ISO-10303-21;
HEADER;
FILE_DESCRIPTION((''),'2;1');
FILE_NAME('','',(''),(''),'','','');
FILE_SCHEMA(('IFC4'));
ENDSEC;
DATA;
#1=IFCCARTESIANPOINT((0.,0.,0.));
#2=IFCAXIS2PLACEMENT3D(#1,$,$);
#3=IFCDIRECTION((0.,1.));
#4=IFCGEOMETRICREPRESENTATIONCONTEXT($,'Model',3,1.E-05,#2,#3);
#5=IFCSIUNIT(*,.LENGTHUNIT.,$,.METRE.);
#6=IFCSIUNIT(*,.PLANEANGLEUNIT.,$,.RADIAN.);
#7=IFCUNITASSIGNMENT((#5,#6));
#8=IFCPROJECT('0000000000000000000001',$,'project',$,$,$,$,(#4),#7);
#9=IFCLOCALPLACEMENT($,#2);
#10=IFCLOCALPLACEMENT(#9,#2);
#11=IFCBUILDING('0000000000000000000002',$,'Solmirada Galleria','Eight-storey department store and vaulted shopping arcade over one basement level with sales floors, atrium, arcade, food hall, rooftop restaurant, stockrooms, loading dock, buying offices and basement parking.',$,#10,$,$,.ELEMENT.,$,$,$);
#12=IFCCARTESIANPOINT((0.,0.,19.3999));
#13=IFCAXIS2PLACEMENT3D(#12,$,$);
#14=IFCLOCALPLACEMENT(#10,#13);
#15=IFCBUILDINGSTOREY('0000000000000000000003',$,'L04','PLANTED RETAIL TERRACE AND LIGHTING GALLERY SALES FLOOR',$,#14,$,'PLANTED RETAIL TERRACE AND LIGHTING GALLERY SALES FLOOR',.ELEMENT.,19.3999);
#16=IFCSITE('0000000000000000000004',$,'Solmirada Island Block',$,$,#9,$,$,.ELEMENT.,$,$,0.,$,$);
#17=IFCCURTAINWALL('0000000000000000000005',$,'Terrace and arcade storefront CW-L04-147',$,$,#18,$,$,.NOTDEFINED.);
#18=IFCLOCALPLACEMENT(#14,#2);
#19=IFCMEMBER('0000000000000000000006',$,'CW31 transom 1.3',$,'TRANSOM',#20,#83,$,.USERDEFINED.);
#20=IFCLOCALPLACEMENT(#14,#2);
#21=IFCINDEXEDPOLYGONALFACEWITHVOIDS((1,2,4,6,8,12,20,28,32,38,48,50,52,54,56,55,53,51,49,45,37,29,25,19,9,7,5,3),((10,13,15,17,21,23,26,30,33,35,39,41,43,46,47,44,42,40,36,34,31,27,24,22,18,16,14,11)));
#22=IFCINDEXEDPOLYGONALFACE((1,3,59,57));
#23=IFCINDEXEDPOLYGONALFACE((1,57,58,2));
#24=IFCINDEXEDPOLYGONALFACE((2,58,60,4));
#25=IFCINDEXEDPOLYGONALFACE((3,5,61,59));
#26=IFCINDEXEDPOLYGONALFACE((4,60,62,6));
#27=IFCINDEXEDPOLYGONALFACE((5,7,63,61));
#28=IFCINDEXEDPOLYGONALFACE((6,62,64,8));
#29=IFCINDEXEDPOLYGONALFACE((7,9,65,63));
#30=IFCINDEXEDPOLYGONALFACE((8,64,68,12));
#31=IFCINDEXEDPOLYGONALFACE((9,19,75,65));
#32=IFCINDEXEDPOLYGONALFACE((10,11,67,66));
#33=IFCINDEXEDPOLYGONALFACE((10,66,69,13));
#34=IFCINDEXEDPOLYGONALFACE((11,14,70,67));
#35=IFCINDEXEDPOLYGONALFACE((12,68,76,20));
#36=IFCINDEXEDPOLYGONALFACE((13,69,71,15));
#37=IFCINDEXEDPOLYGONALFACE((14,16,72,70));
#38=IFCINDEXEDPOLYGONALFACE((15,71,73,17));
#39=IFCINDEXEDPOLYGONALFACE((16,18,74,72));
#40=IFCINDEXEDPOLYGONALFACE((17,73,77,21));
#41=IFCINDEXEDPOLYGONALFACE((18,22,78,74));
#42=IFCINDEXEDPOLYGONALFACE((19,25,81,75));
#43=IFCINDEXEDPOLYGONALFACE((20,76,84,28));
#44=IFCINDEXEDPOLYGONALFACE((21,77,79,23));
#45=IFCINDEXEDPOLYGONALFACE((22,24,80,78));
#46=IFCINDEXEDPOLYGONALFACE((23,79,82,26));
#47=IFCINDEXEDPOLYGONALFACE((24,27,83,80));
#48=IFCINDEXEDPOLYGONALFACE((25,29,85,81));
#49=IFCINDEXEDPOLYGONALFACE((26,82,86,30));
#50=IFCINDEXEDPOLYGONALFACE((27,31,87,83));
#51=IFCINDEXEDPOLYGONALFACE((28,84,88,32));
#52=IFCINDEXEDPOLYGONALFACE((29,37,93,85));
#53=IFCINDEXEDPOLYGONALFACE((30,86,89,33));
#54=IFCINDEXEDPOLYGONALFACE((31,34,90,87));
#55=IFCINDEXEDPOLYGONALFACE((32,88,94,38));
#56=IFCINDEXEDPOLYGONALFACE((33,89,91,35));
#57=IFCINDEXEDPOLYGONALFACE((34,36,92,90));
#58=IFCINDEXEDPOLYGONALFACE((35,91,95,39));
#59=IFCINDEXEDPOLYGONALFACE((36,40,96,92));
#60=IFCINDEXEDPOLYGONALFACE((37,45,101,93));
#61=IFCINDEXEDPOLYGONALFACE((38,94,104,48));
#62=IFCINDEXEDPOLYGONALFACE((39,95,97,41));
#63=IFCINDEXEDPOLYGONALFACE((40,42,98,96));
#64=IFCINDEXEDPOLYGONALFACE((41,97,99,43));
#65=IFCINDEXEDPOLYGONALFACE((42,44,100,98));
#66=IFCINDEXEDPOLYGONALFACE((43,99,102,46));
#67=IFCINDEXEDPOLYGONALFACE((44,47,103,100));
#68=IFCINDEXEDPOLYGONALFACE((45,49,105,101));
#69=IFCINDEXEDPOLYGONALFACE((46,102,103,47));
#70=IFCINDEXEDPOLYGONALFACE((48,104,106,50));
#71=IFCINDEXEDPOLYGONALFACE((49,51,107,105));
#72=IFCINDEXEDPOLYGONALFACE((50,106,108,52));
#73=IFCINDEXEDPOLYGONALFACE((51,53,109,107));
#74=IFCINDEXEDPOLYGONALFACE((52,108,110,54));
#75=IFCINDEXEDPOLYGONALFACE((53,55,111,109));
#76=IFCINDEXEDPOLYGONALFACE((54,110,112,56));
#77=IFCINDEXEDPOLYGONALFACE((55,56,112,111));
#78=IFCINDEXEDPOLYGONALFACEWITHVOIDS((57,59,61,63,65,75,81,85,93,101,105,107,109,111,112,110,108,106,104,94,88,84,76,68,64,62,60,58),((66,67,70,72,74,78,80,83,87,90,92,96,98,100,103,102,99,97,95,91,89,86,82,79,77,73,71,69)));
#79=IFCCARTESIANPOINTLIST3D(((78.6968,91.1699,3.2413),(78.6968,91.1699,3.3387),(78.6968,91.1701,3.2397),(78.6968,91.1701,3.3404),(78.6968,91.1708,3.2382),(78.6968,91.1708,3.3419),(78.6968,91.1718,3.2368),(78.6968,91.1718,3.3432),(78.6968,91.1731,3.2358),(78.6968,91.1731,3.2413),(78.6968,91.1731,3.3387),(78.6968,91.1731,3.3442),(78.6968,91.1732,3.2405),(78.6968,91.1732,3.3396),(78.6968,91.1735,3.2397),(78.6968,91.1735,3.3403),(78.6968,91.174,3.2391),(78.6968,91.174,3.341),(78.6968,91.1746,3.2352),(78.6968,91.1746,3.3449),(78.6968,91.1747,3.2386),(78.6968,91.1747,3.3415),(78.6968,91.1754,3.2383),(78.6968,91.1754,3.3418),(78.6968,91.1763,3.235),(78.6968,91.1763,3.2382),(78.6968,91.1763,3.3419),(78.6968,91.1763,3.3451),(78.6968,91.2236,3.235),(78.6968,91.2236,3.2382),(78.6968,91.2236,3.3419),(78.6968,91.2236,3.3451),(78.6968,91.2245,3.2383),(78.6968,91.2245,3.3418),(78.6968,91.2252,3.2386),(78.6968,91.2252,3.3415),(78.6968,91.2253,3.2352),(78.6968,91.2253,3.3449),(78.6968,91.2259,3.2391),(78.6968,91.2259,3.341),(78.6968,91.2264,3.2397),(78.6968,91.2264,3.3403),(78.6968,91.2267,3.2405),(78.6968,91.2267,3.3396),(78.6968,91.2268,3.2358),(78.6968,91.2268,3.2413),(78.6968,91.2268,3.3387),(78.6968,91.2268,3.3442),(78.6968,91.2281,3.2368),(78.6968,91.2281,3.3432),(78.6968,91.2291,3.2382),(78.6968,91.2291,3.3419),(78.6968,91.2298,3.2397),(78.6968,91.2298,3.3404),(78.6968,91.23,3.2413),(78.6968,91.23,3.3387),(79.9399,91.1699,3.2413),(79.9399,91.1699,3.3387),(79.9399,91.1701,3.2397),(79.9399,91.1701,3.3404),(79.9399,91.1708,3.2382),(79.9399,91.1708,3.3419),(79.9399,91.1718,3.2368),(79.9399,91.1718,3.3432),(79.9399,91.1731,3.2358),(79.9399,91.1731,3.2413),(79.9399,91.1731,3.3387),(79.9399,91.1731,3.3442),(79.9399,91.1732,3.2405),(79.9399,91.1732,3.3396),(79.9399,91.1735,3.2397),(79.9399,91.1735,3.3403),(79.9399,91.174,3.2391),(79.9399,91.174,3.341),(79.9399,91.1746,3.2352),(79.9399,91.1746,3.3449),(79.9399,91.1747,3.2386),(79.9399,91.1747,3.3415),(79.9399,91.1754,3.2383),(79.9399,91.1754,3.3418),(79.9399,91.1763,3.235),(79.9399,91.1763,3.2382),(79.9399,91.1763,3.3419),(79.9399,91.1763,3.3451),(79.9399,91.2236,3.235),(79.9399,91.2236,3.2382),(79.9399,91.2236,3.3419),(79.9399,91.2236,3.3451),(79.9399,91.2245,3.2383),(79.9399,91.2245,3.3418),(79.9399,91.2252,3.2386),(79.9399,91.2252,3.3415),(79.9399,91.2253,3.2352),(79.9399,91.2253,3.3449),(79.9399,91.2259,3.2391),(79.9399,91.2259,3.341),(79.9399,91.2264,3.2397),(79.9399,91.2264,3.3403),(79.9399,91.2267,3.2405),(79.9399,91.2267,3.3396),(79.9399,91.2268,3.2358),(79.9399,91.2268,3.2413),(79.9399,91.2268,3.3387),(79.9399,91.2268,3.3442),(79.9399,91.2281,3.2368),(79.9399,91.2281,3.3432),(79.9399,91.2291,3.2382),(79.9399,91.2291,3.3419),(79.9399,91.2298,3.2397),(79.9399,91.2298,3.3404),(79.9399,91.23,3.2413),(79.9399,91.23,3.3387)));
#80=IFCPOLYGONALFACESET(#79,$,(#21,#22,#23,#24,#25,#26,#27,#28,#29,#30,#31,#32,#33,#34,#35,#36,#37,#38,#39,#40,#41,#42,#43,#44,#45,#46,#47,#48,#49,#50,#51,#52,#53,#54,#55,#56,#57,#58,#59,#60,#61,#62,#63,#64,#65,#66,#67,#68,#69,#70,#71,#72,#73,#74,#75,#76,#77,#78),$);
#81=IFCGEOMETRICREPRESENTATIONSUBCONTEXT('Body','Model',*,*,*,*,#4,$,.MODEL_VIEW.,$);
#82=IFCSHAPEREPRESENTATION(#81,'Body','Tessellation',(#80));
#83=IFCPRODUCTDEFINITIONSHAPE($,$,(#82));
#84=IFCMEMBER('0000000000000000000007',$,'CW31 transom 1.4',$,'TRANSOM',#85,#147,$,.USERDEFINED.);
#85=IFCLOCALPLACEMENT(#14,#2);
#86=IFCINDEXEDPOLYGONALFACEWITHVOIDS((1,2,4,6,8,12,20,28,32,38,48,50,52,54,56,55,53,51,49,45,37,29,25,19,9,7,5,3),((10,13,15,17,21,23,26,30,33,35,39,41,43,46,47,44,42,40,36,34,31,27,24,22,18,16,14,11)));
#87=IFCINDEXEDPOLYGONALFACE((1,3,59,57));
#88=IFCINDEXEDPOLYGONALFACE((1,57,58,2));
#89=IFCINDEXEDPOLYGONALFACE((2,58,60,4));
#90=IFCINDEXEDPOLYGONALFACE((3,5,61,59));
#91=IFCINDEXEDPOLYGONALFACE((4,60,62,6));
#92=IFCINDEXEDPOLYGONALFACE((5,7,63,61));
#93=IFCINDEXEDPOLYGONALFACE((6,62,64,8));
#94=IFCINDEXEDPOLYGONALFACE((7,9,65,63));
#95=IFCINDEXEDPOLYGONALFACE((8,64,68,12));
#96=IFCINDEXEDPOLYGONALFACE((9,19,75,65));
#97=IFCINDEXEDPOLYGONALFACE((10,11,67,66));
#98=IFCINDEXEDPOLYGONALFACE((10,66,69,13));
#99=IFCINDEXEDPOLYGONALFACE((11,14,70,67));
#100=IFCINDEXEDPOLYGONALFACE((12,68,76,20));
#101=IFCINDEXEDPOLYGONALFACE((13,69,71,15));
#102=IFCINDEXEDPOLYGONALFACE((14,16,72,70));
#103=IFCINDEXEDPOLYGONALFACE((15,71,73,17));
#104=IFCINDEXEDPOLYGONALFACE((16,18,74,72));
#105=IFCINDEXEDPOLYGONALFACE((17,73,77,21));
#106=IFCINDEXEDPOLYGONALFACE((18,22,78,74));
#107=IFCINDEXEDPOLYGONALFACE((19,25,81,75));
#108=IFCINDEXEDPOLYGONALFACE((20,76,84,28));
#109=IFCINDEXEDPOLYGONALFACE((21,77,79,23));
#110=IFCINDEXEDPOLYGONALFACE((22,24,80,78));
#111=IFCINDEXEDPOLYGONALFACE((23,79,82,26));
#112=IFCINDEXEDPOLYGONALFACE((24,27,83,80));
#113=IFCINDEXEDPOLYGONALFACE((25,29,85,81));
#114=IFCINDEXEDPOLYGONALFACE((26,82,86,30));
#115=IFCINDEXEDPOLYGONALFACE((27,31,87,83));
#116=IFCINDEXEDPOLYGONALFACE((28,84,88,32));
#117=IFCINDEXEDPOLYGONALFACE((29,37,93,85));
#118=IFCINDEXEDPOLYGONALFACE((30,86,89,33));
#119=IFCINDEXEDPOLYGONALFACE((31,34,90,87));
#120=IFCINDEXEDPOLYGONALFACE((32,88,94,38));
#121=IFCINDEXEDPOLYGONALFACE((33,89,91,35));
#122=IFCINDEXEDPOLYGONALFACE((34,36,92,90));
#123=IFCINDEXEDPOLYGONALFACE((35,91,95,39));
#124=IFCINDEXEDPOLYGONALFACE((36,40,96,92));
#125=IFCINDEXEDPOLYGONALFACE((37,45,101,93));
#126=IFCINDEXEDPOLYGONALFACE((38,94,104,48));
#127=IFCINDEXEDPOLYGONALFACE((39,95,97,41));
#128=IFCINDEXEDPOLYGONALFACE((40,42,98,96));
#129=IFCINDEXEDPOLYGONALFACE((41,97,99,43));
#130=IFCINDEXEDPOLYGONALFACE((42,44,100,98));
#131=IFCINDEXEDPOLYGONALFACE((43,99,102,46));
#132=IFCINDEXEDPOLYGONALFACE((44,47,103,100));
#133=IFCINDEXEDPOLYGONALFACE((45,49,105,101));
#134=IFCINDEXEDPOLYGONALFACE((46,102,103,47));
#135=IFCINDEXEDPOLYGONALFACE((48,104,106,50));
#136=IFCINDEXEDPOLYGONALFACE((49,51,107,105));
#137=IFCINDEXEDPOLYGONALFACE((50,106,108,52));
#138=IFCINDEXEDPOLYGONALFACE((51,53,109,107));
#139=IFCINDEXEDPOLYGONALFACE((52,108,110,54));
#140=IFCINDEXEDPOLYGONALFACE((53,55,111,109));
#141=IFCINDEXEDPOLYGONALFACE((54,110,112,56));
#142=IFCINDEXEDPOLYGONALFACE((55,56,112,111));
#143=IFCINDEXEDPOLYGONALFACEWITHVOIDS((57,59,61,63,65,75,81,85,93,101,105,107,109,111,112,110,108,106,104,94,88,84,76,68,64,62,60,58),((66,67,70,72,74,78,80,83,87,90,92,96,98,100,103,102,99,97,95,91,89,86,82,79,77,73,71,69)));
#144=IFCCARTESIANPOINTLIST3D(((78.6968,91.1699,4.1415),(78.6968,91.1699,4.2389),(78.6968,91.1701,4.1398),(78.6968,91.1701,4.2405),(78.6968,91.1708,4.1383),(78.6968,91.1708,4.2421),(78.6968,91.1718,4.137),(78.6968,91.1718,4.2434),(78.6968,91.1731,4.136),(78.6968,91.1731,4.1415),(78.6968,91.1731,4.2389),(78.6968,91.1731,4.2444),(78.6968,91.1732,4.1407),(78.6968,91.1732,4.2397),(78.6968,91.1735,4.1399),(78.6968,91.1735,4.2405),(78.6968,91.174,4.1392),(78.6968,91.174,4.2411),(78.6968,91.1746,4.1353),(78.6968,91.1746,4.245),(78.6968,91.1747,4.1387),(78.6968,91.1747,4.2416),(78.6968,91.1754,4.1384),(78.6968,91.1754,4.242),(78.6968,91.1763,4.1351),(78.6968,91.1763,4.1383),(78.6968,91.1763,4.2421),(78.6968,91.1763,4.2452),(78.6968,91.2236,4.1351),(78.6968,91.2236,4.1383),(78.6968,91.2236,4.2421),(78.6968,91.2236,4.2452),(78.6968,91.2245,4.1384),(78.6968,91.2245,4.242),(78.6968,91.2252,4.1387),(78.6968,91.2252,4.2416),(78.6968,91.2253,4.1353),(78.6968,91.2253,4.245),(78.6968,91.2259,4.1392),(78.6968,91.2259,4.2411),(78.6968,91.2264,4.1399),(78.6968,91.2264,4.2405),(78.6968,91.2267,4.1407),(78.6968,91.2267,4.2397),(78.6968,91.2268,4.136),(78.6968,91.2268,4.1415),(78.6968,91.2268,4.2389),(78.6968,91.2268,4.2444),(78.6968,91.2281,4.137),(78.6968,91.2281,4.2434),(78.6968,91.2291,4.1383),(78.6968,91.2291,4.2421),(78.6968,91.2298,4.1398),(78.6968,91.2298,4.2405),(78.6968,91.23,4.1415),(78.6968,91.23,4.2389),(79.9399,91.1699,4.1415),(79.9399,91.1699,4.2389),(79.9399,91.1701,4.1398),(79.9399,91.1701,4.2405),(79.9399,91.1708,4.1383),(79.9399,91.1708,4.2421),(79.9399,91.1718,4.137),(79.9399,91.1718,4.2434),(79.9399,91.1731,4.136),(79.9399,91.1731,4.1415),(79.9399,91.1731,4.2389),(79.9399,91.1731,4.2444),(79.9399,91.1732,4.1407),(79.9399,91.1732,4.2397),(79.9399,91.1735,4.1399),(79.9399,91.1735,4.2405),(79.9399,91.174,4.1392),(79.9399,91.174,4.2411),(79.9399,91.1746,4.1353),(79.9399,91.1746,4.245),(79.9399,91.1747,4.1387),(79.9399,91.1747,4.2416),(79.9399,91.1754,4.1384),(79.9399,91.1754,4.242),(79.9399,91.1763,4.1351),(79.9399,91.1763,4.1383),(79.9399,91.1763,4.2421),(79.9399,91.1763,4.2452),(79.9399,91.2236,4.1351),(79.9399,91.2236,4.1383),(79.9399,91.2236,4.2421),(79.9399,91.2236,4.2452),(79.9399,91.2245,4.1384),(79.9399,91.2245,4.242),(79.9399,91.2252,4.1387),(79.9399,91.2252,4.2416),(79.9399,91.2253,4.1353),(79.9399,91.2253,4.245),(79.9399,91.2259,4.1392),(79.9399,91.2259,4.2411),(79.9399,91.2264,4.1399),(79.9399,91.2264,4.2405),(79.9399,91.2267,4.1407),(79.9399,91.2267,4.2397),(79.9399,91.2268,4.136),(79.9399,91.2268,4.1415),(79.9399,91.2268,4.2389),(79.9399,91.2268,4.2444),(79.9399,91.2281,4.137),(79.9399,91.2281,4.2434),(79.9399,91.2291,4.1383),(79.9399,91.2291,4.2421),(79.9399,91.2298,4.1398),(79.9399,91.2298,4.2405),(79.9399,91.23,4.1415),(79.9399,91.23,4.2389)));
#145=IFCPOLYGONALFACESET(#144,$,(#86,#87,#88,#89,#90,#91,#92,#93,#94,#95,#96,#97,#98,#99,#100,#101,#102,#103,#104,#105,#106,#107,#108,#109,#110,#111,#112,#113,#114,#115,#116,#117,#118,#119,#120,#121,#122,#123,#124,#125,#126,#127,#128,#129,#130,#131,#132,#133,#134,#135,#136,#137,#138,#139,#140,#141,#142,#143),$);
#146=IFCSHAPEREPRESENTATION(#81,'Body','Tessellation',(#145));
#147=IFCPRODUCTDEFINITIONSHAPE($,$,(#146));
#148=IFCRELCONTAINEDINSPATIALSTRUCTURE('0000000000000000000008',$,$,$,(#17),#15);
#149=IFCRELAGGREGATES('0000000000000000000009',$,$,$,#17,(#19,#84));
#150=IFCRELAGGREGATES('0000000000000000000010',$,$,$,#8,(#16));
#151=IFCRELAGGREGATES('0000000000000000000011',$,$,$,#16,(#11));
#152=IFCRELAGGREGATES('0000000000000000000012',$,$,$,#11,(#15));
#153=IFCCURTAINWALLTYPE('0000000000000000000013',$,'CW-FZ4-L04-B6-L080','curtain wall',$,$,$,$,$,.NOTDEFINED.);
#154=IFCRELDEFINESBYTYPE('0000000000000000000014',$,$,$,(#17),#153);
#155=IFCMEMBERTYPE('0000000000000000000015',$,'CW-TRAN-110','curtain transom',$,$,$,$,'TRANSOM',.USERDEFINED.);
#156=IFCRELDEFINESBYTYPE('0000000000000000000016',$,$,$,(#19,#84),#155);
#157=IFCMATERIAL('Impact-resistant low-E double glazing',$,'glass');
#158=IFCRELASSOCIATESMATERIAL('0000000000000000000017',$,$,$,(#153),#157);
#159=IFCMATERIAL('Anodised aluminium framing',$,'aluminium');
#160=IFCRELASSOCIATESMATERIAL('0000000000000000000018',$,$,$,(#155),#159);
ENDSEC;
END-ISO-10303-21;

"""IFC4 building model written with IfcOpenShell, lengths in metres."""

from ifc_helpers import new_model, si_unit, direction, frame, origin, origin_2d, place, context, subcontext, project, spatial, hollow_rectangle, extrude, material, material_profile, profile_set, type_object, element, aggregate, save


model = new_model("IFC4")

# Units and contexts
model_context = context("Model", 3, precision=1e-05, world=origin(), true_north=direction((0.0, 1.0)))
body_context = subcontext(model_context, "Body", "Model", "MODEL_VIEW")
ifc_project = project(units=[si_unit("LENGTHUNIT", "METRE"), si_unit("PLANEANGLEUNIT", "RADIAN")], contexts=[model_context])

# Site, building, storey
site_placement = place(None, origin())
site = spatial("IfcSite", under=ifc_project, at=site_placement, Name="Solmirada Island Block", CompositionType="ELEMENT", RefElevation=0.0)
building_placement = place(site_placement, origin())
building = spatial("IfcBuilding", under=site, at=building_placement, Name="Solmirada Galleria", Description="Eight-storey department store and vaulted shopping arcade over one basement level with sales floors, atrium, arcade, food hall, rooftop restaurant, stockrooms, loading dock, buying offices and basement parking.", CompositionType="ELEMENT")
storey_placement = place(building_placement, frame((0.0, 0.0, 19.3999)))
storey = spatial("IfcBuildingStorey", under=building, at=storey_placement, Name="L04", Description="PLANTED RETAIL TERRACE AND LIGHTING GALLERY SALES FLOOR", LongName="PLANTED RETAIL TERRACE AND LIGHTING GALLERY SALES FLOOR", CompositionType="ELEMENT", Elevation=19.3999)

# Curtain wall, members
ifc_material_1 = material(Name="Impact-resistant low-E double glazing", Category="glass")
curtain_wall_type = type_object("IfcCurtainWallType", Name="CW-FZ4-L04-B6-L080", Description="curtain wall", PredefinedType="NOTDEFINED", material=ifc_material_1)
curtain_wall_placement = place(storey_placement, origin())
curtain_wall = element("IfcCurtainWall", 1, at=curtain_wall_placement, inside=storey, type_object=curtain_wall_type, Name="Terrace and arcade storefront CW-L04-147", PredefinedType="NOTDEFINED")
ifc_material_2 = material(Name="Anodised aluminium framing", Category="aluminium")
ifc_material_profile_1 = material_profile(ifc_material_2, hollow_rectangle(XDim=0.0601, YDim=0.1101, WallThickness=0.0032, InnerFilletRadius=0.0032, OuterFilletRadius=0.0063, at=origin_2d()), Name="ALU-TRAN-110X60")
ifc_profile_set_1 = profile_set([ifc_material_profile_1], Name="Anodised aluminium framing")
member_type_1 = type_object("IfcMemberType", Name="CW-TRAN-110", Description="curtain transom", ElementType="TRANSOM", PredefinedType="USERDEFINED", material=ifc_profile_set_1)
member_1_placement = place(storey_placement, frame((79.9399, 91.2, 3.29), z_axis=(-1.0, 0.0, 0.0), x_axis=(0.0, -1.0, 0.0)))
member_1 = element("IfcMember", 2, at=member_1_placement, type_object=member_type_1, Name="CW31 transom 1.3", ObjectType="TRANSOM", PredefinedType="USERDEFINED", context=body_context, shape_type="SweptSolid", body=[
    extrude(hollow_rectangle(XDim=0.0601, YDim=0.1101, WallThickness=0.0032, InnerFilletRadius=0.0032, OuterFilletRadius=0.0063, at=origin_2d()), origin(), (0.0, 0.0, 1.0), 1.2432),
])
member_2_placement = place(storey_placement, frame((79.9399, 91.2, 4.1902), z_axis=(-1.0, 0.0, 0.0), x_axis=(0.0, -1.0, 0.0)))
member_2 = element("IfcMember", 3, at=member_2_placement, type_object=member_type_1, Name="CW31 transom 1.4", ObjectType="TRANSOM", PredefinedType="USERDEFINED", context=body_context, shape_type="SweptSolid", body=[
    extrude(hollow_rectangle(XDim=0.0601, YDim=0.1101, WallThickness=0.0032, InnerFilletRadius=0.0032, OuterFilletRadius=0.0063, at=origin_2d()), origin(), (0.0, 0.0, 1.0), 1.2432),
])
aggregate(curtain_wall, [member_1, member_2])

save(model, "model.ifc")
